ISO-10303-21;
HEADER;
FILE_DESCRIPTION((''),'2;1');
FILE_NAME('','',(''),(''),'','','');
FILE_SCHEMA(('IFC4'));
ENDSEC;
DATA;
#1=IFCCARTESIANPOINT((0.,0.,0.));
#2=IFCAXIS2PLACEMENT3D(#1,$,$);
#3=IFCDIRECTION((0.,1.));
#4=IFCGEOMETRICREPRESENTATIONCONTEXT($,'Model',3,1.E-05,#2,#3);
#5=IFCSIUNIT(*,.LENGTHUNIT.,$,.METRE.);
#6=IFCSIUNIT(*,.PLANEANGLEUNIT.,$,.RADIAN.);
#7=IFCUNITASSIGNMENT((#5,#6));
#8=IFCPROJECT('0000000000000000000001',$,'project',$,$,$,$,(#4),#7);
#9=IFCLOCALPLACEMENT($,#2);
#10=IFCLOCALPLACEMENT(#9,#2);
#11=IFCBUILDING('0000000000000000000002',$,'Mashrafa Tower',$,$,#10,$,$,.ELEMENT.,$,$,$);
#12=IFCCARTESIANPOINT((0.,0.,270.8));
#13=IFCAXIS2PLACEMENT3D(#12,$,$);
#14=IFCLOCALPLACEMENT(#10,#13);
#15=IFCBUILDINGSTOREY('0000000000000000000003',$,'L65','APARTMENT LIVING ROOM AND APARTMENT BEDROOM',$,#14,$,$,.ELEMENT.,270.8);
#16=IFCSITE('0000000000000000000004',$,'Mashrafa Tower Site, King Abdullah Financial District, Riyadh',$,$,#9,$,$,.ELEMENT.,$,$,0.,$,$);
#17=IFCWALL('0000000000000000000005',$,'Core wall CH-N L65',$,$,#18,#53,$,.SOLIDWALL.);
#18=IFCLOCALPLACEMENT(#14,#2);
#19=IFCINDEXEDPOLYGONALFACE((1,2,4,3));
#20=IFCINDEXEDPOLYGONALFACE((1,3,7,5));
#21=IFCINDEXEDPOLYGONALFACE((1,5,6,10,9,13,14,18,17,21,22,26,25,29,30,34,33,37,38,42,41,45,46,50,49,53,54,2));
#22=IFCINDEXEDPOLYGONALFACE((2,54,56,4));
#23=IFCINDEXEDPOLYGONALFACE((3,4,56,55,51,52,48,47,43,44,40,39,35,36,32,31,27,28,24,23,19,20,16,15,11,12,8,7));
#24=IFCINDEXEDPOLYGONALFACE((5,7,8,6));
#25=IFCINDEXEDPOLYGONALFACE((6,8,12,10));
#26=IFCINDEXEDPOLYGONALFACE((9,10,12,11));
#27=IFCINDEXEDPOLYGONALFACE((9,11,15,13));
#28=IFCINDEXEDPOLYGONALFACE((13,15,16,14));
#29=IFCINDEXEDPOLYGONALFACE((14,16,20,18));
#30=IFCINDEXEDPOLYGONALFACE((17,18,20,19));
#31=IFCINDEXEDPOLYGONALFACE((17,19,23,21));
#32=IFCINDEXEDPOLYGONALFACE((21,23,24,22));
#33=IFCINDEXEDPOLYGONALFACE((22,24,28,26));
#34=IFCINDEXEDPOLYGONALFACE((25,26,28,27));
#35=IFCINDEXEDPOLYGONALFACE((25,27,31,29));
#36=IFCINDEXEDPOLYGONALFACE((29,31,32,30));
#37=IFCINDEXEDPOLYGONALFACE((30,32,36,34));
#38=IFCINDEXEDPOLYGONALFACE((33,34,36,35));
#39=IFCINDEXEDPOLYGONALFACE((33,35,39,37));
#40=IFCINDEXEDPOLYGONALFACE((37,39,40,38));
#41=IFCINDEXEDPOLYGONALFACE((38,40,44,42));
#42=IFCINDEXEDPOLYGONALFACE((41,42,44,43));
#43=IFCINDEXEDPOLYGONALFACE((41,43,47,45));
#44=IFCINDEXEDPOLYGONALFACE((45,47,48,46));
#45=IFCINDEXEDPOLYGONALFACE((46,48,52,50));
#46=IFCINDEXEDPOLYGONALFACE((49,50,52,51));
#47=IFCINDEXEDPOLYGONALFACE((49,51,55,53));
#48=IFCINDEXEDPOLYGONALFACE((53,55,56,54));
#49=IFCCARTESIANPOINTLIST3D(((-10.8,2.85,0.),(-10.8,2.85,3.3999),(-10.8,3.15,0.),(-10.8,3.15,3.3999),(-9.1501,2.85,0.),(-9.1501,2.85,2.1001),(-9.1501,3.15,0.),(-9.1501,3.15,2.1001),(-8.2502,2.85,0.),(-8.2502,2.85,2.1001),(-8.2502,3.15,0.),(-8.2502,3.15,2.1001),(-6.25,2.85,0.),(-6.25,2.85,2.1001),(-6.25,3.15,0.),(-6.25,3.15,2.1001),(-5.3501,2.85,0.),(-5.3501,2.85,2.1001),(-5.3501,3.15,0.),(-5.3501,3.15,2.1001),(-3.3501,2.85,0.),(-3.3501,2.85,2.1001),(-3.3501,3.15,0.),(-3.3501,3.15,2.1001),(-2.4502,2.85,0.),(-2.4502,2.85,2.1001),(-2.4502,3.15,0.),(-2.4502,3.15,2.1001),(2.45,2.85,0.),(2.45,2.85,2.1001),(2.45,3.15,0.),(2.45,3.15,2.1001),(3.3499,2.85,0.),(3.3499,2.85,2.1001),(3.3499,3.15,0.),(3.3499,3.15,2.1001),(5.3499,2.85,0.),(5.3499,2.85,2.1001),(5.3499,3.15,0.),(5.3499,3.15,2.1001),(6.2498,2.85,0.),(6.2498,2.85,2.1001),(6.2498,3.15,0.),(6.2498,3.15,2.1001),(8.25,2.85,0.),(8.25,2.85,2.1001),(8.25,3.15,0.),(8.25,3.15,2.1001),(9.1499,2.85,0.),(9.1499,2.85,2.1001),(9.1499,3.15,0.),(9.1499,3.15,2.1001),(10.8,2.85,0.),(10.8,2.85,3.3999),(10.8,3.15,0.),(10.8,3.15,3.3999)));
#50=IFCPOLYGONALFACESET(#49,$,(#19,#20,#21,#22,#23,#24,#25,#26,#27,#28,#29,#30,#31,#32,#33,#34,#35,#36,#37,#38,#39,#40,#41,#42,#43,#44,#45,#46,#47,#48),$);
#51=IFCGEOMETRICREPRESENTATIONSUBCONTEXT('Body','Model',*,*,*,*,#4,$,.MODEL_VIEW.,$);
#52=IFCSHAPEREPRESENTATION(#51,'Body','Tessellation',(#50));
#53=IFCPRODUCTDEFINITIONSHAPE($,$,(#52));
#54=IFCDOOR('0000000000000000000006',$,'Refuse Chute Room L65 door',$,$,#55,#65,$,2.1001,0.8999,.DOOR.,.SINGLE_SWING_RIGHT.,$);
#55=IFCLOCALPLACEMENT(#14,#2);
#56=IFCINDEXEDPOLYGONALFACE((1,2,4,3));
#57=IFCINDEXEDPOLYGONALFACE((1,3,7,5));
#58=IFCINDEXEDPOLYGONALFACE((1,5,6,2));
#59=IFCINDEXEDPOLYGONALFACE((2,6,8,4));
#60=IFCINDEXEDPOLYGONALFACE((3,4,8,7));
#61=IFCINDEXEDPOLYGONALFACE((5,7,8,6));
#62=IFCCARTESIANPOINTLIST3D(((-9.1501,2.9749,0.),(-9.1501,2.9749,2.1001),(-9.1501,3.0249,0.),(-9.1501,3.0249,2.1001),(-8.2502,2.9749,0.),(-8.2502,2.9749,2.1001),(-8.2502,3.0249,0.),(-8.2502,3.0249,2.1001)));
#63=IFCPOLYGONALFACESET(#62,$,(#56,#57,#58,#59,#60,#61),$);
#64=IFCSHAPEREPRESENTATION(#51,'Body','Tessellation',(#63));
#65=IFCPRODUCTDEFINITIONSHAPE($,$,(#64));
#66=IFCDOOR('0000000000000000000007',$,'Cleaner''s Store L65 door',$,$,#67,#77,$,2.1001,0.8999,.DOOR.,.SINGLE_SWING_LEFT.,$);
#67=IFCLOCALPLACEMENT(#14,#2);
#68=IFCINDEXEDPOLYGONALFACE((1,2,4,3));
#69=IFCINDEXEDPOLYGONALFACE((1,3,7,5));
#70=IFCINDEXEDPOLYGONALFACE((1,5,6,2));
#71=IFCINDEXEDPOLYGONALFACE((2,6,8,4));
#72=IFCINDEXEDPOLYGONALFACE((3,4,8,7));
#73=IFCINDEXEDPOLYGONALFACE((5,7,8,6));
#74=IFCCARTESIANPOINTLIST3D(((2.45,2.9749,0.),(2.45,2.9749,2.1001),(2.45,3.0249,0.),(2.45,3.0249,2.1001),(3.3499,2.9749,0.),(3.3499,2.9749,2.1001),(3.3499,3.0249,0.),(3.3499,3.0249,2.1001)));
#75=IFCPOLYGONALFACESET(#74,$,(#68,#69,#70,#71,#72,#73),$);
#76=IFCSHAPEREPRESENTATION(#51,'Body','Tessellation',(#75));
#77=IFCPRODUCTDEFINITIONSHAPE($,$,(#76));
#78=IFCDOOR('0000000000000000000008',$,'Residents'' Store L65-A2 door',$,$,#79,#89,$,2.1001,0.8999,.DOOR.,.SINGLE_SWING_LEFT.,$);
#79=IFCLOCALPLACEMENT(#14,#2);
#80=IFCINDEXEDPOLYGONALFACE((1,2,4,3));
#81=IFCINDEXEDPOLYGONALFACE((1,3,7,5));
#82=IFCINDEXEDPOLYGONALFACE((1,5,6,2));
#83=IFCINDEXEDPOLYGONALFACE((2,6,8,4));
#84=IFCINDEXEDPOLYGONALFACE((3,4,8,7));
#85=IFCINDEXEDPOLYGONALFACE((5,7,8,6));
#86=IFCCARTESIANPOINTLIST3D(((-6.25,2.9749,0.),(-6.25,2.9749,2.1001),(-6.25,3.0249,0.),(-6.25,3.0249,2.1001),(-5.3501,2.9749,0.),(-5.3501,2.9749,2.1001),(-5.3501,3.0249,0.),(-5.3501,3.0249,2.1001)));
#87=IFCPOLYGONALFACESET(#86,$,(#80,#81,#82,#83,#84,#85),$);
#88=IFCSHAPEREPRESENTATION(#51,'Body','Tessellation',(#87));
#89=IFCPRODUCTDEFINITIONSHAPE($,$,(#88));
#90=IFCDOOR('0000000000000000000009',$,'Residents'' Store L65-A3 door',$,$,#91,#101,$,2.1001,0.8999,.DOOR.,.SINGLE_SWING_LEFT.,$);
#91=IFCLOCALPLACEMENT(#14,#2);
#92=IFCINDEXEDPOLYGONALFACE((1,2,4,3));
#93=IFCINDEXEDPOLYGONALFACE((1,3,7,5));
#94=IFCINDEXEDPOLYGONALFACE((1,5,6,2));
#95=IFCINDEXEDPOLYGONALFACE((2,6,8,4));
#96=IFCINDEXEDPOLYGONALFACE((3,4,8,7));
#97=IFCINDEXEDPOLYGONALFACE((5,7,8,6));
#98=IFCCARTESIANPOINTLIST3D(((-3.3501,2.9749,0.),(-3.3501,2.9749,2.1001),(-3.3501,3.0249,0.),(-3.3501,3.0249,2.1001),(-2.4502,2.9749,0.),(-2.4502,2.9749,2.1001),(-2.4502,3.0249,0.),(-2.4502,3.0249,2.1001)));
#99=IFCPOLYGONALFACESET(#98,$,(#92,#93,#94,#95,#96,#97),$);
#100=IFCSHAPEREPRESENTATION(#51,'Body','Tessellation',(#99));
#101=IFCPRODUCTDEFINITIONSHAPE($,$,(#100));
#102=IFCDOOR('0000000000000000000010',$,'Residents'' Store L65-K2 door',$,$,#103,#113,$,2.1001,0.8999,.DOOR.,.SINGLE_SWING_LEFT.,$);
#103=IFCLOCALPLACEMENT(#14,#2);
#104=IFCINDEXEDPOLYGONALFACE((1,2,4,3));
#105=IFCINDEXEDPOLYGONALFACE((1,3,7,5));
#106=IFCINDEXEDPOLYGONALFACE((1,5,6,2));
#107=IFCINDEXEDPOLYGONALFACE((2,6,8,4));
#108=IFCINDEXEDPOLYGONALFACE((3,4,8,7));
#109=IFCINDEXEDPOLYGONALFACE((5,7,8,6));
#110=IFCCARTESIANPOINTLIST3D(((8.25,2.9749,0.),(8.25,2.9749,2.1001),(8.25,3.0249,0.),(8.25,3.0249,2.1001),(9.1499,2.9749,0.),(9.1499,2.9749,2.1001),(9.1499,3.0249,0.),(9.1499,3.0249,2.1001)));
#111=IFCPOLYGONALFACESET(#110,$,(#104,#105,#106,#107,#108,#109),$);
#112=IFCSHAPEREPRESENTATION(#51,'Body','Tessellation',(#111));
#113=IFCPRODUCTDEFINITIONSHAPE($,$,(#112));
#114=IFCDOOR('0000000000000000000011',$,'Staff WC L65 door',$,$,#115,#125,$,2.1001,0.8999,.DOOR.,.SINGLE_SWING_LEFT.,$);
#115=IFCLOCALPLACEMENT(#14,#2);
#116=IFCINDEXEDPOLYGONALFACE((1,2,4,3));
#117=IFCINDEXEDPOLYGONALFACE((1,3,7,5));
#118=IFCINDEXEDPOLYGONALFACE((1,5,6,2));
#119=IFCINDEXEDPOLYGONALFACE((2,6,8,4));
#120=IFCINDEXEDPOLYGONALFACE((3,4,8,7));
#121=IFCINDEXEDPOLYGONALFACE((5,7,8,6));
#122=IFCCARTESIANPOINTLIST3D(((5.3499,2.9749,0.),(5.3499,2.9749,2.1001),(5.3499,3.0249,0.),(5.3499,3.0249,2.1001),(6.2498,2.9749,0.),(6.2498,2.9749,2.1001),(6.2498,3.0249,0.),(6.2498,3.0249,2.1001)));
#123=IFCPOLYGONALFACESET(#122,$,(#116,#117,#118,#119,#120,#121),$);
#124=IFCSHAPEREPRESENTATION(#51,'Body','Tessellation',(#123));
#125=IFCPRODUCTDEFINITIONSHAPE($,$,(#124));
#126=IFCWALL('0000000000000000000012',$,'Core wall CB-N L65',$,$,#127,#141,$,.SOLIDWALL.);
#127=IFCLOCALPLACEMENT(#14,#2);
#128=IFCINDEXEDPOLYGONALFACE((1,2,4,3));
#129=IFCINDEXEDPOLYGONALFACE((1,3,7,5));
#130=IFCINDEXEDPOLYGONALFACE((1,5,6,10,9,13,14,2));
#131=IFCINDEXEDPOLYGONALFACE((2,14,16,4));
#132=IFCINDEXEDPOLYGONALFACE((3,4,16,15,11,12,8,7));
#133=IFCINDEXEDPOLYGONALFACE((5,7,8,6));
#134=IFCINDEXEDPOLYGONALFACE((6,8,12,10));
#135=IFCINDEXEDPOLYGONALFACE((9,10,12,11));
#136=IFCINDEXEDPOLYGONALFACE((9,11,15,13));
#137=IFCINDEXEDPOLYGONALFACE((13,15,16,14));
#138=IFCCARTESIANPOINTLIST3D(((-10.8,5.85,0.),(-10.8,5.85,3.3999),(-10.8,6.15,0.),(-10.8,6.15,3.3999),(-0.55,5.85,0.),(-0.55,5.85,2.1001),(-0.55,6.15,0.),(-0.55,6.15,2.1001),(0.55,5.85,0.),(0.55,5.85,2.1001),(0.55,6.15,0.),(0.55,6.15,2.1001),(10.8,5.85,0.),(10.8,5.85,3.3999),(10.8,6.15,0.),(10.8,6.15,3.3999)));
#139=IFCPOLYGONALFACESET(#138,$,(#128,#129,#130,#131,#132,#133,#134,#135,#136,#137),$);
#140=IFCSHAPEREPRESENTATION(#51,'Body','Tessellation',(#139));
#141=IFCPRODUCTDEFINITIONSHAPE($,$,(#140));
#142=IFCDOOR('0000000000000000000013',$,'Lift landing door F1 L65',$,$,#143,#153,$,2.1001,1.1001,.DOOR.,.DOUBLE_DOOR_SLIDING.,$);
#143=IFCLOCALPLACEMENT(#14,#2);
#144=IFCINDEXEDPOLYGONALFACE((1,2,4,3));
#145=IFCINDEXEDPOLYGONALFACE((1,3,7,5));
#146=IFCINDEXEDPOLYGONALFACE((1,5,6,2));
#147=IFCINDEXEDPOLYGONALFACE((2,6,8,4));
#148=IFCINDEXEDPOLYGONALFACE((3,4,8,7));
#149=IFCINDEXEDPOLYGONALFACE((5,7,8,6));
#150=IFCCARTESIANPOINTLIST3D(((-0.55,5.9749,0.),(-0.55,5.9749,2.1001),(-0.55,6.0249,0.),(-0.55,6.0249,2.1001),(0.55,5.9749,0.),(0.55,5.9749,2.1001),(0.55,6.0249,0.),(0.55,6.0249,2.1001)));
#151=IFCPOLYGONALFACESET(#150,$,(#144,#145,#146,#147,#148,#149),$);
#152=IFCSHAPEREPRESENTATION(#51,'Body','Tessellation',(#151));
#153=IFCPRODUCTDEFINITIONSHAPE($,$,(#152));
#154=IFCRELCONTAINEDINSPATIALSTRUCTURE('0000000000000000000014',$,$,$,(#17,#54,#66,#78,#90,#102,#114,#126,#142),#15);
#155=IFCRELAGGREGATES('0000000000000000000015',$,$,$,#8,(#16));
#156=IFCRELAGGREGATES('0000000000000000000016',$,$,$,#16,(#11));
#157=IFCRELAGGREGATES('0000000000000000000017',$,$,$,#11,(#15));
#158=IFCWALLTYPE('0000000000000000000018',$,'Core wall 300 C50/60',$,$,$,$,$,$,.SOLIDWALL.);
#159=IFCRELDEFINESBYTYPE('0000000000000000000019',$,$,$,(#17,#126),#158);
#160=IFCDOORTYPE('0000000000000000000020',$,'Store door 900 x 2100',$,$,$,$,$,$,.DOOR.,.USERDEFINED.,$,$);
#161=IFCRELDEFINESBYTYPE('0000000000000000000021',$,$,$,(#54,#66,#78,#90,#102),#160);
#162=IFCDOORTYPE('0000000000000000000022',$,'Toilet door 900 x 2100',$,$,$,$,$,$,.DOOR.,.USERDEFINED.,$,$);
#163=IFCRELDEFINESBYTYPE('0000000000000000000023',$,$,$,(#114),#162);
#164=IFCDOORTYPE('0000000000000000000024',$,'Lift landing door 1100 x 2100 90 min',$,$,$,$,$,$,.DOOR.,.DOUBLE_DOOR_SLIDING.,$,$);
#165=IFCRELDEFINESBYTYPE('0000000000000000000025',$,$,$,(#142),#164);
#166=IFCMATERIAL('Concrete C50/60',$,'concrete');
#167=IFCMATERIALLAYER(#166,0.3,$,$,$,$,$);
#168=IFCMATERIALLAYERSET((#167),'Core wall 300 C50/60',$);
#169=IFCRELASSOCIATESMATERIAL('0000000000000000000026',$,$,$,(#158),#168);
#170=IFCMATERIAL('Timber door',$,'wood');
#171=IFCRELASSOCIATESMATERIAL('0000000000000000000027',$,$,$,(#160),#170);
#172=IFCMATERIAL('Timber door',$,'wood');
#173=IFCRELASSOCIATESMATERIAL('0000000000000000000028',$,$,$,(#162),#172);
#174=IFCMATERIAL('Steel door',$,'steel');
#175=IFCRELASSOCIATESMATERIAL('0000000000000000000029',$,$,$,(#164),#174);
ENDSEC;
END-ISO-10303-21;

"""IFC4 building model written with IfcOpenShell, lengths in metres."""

from ifc_helpers import new_model, si_unit, direction, frame, frame_2d, origin, place, context, subcontext, project, spatial, rectangle, extrude, material, layer, layer_set, type_object, element, fill, save


model = new_model("IFC4")

# Units and contexts
model_context = context("Model", 3, precision=1e-05, world=origin(), true_north=direction((0.0, 1.0)))
body_context = subcontext(model_context, "Body", "Model", "MODEL_VIEW")
ifc_project = project(units=[si_unit("LENGTHUNIT", "METRE"), si_unit("PLANEANGLEUNIT", "RADIAN")], contexts=[model_context])

# Site, building, storey
site_placement = place(None, origin())
site = spatial("IfcSite", under=ifc_project, at=site_placement, Name="Mashrafa Tower Site, King Abdullah Financial District, Riyadh", CompositionType="ELEMENT", RefElevation=0.0)
building_placement = place(site_placement, origin())
building = spatial("IfcBuilding", under=site, at=building_placement, Name="Mashrafa Tower", CompositionType="ELEMENT")
storey_placement = place(building_placement, frame((0.0, 0.0, 270.8)))
storey = spatial("IfcBuildingStorey", under=building, at=storey_placement, Name="L65", Description="APARTMENT LIVING ROOM AND APARTMENT BEDROOM", CompositionType="ELEMENT", Elevation=270.8)

# Wall, openings, doors
ifc_material_1 = material(Name="Concrete C50/60", Category="concrete")
ifc_layer_1 = layer(ifc_material_1, 0.3)
ifc_layer_set_1 = layer_set([ifc_layer_1], Name="Core wall 300 C50/60")
wall_type_1 = type_object("IfcWallType", Name="Core wall 300 C50/60", PredefinedType="SOLIDWALL", material=ifc_layer_set_1)
wall_1_placement = place(storey_placement, frame((-10.8, 3.0, 0.0), z_axis=(0.0, 0.0, 1.0), x_axis=(1.0, 0.0, 0.0)))
wall_1 = element("IfcWall", 1, at=wall_1_placement, inside=storey, type_object=wall_type_1, Name="Core wall CH-N L65", PredefinedType="SOLIDWALL", context=body_context, shape_type="SweptSolid", body=[
    extrude(rectangle(XDim=21.6001, YDim=0.3, at=frame_2d((10.8, 0.0))), origin(), (0.0, 0.0, 1.0), 3.3999),
])
opening_1_placement = place(wall_1_placement, frame((1.6499, 0.0, 0.0)))
opening_1 = element("IfcOpeningElement", 2, at=opening_1_placement, cuts=wall_1, PredefinedType="OPENING", context=body_context, shape_type="SweptSolid", body=[
    extrude(rectangle(XDim=0.8999, YDim=2.1001, at=frame_2d((0.45, 1.05))), frame((0.0, 0.1599, 0.0), z_axis=(0.0, -1.0, 0.0), x_axis=(1.0, 0.0, 0.0)), (0.0, 0.0, 1.0), 0.3201),
])
opening_2_placement = place(wall_1_placement, frame((13.25, 0.0, 0.0)))
opening_2 = element("IfcOpeningElement", 3, at=opening_2_placement, cuts=wall_1, PredefinedType="OPENING", context=body_context, shape_type="SweptSolid", body=[
    extrude(rectangle(XDim=0.8999, YDim=2.1001, at=frame_2d((0.45, 1.05))), frame((0.0, 0.1599, 0.0), z_axis=(0.0, -1.0, 0.0), x_axis=(1.0, 0.0, 0.0)), (0.0, 0.0, 1.0), 0.3201),
])
opening_3_placement = place(wall_1_placement, frame((16.1499, 0.0, 0.0)))
opening_3 = element("IfcOpeningElement", 4, at=opening_3_placement, cuts=wall_1, PredefinedType="OPENING", context=body_context, shape_type="SweptSolid", body=[
    extrude(rectangle(XDim=0.8999, YDim=2.1001, at=frame_2d((0.45, 1.05))), frame((0.0, 0.1599, 0.0), z_axis=(0.0, -1.0, 0.0), x_axis=(1.0, 0.0, 0.0)), (0.0, 0.0, 1.0), 0.3201),
])
opening_4_placement = place(wall_1_placement, frame((4.55, 0.0, 0.0)))
opening_4 = element("IfcOpeningElement", 5, at=opening_4_placement, cuts=wall_1, PredefinedType="OPENING", context=body_context, shape_type="SweptSolid", body=[
    extrude(rectangle(XDim=0.8999, YDim=2.1001, at=frame_2d((0.45, 1.05))), frame((0.0, 0.1599, 0.0), z_axis=(0.0, -1.0, 0.0), x_axis=(1.0, 0.0, 0.0)), (0.0, 0.0, 1.0), 0.3201),
])
opening_5_placement = place(wall_1_placement, frame((7.45, 0.0, 0.0)))
opening_5 = element("IfcOpeningElement", 6, at=opening_5_placement, cuts=wall_1, PredefinedType="OPENING", context=body_context, shape_type="SweptSolid", body=[
    extrude(rectangle(XDim=0.8999, YDim=2.1001, at=frame_2d((0.45, 1.05))), frame((0.0, 0.1599, 0.0), z_axis=(0.0, -1.0, 0.0), x_axis=(1.0, 0.0, 0.0)), (0.0, 0.0, 1.0), 0.3201),
])
opening_6_placement = place(wall_1_placement, frame((19.05, 0.0, 0.0)))
opening_6 = element("IfcOpeningElement", 7, at=opening_6_placement, cuts=wall_1, PredefinedType="OPENING", context=body_context, shape_type="SweptSolid", body=[
    extrude(rectangle(XDim=0.8999, YDim=2.1001, at=frame_2d((0.45, 1.05))), frame((0.0, 0.1599, 0.0), z_axis=(0.0, -1.0, 0.0), x_axis=(1.0, 0.0, 0.0)), (0.0, 0.0, 1.0), 0.3201),
])
ifc_material_2 = material(Name="Timber door", Category="wood")
door_type_1 = type_object("IfcDoorType", Name="Store door 900 x 2100", OperationType="USERDEFINED", PredefinedType="DOOR", material=ifc_material_2)
door_1_placement = place(opening_1_placement, origin())
door_1 = element("IfcDoor", 8, at=door_1_placement, inside=storey, type_object=door_type_1, Name="Refuse Chute Room L65 door", OperationType="SINGLE_SWING_RIGHT", OverallHeight=2.1001, OverallWidth=0.8999, PredefinedType="DOOR", context=body_context, shape_type="SweptSolid", body=[
    extrude(rectangle(XDim=0.8999, YDim=2.1001, at=frame_2d((0.45, 1.05))), frame((0.0, 0.0249, 0.0), z_axis=(0.0, -1.0, 0.0), x_axis=(1.0, 0.0, 0.0)), (0.0, 0.0, 1.0), 0.05),
])
fill(opening_1, door_1)
door_2_placement = place(opening_2_placement, origin())
door_2 = element("IfcDoor", 9, at=door_2_placement, inside=storey, type_object=door_type_1, Name="Cleaner's Store L65 door", OperationType="SINGLE_SWING_LEFT", OverallHeight=2.1001, OverallWidth=0.8999, PredefinedType="DOOR", context=body_context, shape_type="SweptSolid", body=[
    extrude(rectangle(XDim=0.8999, YDim=2.1001, at=frame_2d((0.45, 1.05))), frame((0.0, 0.0249, 0.0), z_axis=(0.0, -1.0, 0.0), x_axis=(1.0, 0.0, 0.0)), (0.0, 0.0, 1.0), 0.05),
])
fill(opening_2, door_2)
door_3_placement = place(opening_4_placement, origin())
door_3 = element("IfcDoor", 10, at=door_3_placement, inside=storey, type_object=door_type_1, Name="Residents' Store L65-A2 door", OperationType="SINGLE_SWING_LEFT", OverallHeight=2.1001, OverallWidth=0.8999, PredefinedType="DOOR", context=body_context, shape_type="SweptSolid", body=[
    extrude(rectangle(XDim=0.8999, YDim=2.1001, at=frame_2d((0.45, 1.05))), frame((0.0, 0.0249, 0.0), z_axis=(0.0, -1.0, 0.0), x_axis=(1.0, 0.0, 0.0)), (0.0, 0.0, 1.0), 0.05),
])
fill(opening_4, door_3)
door_4_placement = place(opening_5_placement, origin())
door_4 = element("IfcDoor", 11, at=door_4_placement, inside=storey, type_object=door_type_1, Name="Residents' Store L65-A3 door", OperationType="SINGLE_SWING_LEFT", OverallHeight=2.1001, OverallWidth=0.8999, PredefinedType="DOOR", context=body_context, shape_type="SweptSolid", body=[
    extrude(rectangle(XDim=0.8999, YDim=2.1001, at=frame_2d((0.45, 1.05))), frame((0.0, 0.0249, 0.0), z_axis=(0.0, -1.0, 0.0), x_axis=(1.0, 0.0, 0.0)), (0.0, 0.0, 1.0), 0.05),
])
fill(opening_5, door_4)
door_5_placement = place(opening_6_placement, origin())
door_5 = element("IfcDoor", 12, at=door_5_placement, inside=storey, type_object=door_type_1, Name="Residents' Store L65-K2 door", OperationType="SINGLE_SWING_LEFT", OverallHeight=2.1001, OverallWidth=0.8999, PredefinedType="DOOR", context=body_context, shape_type="SweptSolid", body=[
    extrude(rectangle(XDim=0.8999, YDim=2.1001, at=frame_2d((0.45, 1.05))), frame((0.0, 0.0249, 0.0), z_axis=(0.0, -1.0, 0.0), x_axis=(1.0, 0.0, 0.0)), (0.0, 0.0, 1.0), 0.05),
])
fill(opening_6, door_5)
ifc_material_3 = material(Name="Timber door", Category="wood")
door_type_2 = type_object("IfcDoorType", Name="Toilet door 900 x 2100", OperationType="USERDEFINED", PredefinedType="DOOR", material=ifc_material_3)
door_6_placement = place(opening_3_placement, origin())
door_6 = element("IfcDoor", 13, at=door_6_placement, inside=storey, type_object=door_type_2, Name="Staff WC L65 door", OperationType="SINGLE_SWING_LEFT", OverallHeight=2.1001, OverallWidth=0.8999, PredefinedType="DOOR", context=body_context, shape_type="SweptSolid", body=[
    extrude(rectangle(XDim=0.8999, YDim=2.1001, at=frame_2d((0.45, 1.05))), frame((0.0, 0.0249, 0.0), z_axis=(0.0, -1.0, 0.0), x_axis=(1.0, 0.0, 0.0)), (0.0, 0.0, 1.0), 0.05),
])
fill(opening_3, door_6)

# Wall, opening, door
wall_2_placement = place(storey_placement, frame((-10.8, 6.0, 0.0), z_axis=(0.0, 0.0, 1.0), x_axis=(1.0, 0.0, 0.0)))
wall_2 = element("IfcWall", 14, at=wall_2_placement, inside=storey, type_object=wall_type_1, Name="Core wall CB-N L65", PredefinedType="SOLIDWALL", context=body_context, shape_type="SweptSolid", body=[
    extrude(rectangle(XDim=21.6001, YDim=0.3, at=frame_2d((10.8, 0.0))), origin(), (0.0, 0.0, 1.0), 3.3999),
])
opening_7_placement = place(wall_2_placement, frame((10.25, 0.0, 0.0)))
opening_7 = element("IfcOpeningElement", 15, at=opening_7_placement, cuts=wall_2, PredefinedType="OPENING", context=body_context, shape_type="SweptSolid", body=[
    extrude(rectangle(XDim=1.1001, YDim=2.1001, at=frame_2d((0.55, 1.05))), frame((0.0, 0.1599, 0.0), z_axis=(0.0, -1.0, 0.0), x_axis=(1.0, 0.0, 0.0)), (0.0, 0.0, 1.0), 0.3201),
])
ifc_material_4 = material(Name="Steel door", Category="steel")
door_type_3 = type_object("IfcDoorType", Name="Lift landing door 1100 x 2100 90 min", OperationType="DOUBLE_DOOR_SLIDING", PredefinedType="DOOR", material=ifc_material_4)
door_7_placement = place(opening_7_placement, origin())
door_7 = element("IfcDoor", 16, at=door_7_placement, inside=storey, type_object=door_type_3, Name="Lift landing door F1 L65", OperationType="DOUBLE_DOOR_SLIDING", OverallHeight=2.1001, OverallWidth=1.1001, PredefinedType="DOOR", context=body_context, shape_type="SweptSolid", body=[
    extrude(rectangle(XDim=1.1001, YDim=2.1001, at=frame_2d((0.55, 1.05))), frame((0.0, 0.0249, 0.0), z_axis=(0.0, -1.0, 0.0), x_axis=(1.0, 0.0, 0.0)), (0.0, 0.0, 1.0), 0.05),
])
fill(opening_7, door_7)

save(model, "model.ifc")
